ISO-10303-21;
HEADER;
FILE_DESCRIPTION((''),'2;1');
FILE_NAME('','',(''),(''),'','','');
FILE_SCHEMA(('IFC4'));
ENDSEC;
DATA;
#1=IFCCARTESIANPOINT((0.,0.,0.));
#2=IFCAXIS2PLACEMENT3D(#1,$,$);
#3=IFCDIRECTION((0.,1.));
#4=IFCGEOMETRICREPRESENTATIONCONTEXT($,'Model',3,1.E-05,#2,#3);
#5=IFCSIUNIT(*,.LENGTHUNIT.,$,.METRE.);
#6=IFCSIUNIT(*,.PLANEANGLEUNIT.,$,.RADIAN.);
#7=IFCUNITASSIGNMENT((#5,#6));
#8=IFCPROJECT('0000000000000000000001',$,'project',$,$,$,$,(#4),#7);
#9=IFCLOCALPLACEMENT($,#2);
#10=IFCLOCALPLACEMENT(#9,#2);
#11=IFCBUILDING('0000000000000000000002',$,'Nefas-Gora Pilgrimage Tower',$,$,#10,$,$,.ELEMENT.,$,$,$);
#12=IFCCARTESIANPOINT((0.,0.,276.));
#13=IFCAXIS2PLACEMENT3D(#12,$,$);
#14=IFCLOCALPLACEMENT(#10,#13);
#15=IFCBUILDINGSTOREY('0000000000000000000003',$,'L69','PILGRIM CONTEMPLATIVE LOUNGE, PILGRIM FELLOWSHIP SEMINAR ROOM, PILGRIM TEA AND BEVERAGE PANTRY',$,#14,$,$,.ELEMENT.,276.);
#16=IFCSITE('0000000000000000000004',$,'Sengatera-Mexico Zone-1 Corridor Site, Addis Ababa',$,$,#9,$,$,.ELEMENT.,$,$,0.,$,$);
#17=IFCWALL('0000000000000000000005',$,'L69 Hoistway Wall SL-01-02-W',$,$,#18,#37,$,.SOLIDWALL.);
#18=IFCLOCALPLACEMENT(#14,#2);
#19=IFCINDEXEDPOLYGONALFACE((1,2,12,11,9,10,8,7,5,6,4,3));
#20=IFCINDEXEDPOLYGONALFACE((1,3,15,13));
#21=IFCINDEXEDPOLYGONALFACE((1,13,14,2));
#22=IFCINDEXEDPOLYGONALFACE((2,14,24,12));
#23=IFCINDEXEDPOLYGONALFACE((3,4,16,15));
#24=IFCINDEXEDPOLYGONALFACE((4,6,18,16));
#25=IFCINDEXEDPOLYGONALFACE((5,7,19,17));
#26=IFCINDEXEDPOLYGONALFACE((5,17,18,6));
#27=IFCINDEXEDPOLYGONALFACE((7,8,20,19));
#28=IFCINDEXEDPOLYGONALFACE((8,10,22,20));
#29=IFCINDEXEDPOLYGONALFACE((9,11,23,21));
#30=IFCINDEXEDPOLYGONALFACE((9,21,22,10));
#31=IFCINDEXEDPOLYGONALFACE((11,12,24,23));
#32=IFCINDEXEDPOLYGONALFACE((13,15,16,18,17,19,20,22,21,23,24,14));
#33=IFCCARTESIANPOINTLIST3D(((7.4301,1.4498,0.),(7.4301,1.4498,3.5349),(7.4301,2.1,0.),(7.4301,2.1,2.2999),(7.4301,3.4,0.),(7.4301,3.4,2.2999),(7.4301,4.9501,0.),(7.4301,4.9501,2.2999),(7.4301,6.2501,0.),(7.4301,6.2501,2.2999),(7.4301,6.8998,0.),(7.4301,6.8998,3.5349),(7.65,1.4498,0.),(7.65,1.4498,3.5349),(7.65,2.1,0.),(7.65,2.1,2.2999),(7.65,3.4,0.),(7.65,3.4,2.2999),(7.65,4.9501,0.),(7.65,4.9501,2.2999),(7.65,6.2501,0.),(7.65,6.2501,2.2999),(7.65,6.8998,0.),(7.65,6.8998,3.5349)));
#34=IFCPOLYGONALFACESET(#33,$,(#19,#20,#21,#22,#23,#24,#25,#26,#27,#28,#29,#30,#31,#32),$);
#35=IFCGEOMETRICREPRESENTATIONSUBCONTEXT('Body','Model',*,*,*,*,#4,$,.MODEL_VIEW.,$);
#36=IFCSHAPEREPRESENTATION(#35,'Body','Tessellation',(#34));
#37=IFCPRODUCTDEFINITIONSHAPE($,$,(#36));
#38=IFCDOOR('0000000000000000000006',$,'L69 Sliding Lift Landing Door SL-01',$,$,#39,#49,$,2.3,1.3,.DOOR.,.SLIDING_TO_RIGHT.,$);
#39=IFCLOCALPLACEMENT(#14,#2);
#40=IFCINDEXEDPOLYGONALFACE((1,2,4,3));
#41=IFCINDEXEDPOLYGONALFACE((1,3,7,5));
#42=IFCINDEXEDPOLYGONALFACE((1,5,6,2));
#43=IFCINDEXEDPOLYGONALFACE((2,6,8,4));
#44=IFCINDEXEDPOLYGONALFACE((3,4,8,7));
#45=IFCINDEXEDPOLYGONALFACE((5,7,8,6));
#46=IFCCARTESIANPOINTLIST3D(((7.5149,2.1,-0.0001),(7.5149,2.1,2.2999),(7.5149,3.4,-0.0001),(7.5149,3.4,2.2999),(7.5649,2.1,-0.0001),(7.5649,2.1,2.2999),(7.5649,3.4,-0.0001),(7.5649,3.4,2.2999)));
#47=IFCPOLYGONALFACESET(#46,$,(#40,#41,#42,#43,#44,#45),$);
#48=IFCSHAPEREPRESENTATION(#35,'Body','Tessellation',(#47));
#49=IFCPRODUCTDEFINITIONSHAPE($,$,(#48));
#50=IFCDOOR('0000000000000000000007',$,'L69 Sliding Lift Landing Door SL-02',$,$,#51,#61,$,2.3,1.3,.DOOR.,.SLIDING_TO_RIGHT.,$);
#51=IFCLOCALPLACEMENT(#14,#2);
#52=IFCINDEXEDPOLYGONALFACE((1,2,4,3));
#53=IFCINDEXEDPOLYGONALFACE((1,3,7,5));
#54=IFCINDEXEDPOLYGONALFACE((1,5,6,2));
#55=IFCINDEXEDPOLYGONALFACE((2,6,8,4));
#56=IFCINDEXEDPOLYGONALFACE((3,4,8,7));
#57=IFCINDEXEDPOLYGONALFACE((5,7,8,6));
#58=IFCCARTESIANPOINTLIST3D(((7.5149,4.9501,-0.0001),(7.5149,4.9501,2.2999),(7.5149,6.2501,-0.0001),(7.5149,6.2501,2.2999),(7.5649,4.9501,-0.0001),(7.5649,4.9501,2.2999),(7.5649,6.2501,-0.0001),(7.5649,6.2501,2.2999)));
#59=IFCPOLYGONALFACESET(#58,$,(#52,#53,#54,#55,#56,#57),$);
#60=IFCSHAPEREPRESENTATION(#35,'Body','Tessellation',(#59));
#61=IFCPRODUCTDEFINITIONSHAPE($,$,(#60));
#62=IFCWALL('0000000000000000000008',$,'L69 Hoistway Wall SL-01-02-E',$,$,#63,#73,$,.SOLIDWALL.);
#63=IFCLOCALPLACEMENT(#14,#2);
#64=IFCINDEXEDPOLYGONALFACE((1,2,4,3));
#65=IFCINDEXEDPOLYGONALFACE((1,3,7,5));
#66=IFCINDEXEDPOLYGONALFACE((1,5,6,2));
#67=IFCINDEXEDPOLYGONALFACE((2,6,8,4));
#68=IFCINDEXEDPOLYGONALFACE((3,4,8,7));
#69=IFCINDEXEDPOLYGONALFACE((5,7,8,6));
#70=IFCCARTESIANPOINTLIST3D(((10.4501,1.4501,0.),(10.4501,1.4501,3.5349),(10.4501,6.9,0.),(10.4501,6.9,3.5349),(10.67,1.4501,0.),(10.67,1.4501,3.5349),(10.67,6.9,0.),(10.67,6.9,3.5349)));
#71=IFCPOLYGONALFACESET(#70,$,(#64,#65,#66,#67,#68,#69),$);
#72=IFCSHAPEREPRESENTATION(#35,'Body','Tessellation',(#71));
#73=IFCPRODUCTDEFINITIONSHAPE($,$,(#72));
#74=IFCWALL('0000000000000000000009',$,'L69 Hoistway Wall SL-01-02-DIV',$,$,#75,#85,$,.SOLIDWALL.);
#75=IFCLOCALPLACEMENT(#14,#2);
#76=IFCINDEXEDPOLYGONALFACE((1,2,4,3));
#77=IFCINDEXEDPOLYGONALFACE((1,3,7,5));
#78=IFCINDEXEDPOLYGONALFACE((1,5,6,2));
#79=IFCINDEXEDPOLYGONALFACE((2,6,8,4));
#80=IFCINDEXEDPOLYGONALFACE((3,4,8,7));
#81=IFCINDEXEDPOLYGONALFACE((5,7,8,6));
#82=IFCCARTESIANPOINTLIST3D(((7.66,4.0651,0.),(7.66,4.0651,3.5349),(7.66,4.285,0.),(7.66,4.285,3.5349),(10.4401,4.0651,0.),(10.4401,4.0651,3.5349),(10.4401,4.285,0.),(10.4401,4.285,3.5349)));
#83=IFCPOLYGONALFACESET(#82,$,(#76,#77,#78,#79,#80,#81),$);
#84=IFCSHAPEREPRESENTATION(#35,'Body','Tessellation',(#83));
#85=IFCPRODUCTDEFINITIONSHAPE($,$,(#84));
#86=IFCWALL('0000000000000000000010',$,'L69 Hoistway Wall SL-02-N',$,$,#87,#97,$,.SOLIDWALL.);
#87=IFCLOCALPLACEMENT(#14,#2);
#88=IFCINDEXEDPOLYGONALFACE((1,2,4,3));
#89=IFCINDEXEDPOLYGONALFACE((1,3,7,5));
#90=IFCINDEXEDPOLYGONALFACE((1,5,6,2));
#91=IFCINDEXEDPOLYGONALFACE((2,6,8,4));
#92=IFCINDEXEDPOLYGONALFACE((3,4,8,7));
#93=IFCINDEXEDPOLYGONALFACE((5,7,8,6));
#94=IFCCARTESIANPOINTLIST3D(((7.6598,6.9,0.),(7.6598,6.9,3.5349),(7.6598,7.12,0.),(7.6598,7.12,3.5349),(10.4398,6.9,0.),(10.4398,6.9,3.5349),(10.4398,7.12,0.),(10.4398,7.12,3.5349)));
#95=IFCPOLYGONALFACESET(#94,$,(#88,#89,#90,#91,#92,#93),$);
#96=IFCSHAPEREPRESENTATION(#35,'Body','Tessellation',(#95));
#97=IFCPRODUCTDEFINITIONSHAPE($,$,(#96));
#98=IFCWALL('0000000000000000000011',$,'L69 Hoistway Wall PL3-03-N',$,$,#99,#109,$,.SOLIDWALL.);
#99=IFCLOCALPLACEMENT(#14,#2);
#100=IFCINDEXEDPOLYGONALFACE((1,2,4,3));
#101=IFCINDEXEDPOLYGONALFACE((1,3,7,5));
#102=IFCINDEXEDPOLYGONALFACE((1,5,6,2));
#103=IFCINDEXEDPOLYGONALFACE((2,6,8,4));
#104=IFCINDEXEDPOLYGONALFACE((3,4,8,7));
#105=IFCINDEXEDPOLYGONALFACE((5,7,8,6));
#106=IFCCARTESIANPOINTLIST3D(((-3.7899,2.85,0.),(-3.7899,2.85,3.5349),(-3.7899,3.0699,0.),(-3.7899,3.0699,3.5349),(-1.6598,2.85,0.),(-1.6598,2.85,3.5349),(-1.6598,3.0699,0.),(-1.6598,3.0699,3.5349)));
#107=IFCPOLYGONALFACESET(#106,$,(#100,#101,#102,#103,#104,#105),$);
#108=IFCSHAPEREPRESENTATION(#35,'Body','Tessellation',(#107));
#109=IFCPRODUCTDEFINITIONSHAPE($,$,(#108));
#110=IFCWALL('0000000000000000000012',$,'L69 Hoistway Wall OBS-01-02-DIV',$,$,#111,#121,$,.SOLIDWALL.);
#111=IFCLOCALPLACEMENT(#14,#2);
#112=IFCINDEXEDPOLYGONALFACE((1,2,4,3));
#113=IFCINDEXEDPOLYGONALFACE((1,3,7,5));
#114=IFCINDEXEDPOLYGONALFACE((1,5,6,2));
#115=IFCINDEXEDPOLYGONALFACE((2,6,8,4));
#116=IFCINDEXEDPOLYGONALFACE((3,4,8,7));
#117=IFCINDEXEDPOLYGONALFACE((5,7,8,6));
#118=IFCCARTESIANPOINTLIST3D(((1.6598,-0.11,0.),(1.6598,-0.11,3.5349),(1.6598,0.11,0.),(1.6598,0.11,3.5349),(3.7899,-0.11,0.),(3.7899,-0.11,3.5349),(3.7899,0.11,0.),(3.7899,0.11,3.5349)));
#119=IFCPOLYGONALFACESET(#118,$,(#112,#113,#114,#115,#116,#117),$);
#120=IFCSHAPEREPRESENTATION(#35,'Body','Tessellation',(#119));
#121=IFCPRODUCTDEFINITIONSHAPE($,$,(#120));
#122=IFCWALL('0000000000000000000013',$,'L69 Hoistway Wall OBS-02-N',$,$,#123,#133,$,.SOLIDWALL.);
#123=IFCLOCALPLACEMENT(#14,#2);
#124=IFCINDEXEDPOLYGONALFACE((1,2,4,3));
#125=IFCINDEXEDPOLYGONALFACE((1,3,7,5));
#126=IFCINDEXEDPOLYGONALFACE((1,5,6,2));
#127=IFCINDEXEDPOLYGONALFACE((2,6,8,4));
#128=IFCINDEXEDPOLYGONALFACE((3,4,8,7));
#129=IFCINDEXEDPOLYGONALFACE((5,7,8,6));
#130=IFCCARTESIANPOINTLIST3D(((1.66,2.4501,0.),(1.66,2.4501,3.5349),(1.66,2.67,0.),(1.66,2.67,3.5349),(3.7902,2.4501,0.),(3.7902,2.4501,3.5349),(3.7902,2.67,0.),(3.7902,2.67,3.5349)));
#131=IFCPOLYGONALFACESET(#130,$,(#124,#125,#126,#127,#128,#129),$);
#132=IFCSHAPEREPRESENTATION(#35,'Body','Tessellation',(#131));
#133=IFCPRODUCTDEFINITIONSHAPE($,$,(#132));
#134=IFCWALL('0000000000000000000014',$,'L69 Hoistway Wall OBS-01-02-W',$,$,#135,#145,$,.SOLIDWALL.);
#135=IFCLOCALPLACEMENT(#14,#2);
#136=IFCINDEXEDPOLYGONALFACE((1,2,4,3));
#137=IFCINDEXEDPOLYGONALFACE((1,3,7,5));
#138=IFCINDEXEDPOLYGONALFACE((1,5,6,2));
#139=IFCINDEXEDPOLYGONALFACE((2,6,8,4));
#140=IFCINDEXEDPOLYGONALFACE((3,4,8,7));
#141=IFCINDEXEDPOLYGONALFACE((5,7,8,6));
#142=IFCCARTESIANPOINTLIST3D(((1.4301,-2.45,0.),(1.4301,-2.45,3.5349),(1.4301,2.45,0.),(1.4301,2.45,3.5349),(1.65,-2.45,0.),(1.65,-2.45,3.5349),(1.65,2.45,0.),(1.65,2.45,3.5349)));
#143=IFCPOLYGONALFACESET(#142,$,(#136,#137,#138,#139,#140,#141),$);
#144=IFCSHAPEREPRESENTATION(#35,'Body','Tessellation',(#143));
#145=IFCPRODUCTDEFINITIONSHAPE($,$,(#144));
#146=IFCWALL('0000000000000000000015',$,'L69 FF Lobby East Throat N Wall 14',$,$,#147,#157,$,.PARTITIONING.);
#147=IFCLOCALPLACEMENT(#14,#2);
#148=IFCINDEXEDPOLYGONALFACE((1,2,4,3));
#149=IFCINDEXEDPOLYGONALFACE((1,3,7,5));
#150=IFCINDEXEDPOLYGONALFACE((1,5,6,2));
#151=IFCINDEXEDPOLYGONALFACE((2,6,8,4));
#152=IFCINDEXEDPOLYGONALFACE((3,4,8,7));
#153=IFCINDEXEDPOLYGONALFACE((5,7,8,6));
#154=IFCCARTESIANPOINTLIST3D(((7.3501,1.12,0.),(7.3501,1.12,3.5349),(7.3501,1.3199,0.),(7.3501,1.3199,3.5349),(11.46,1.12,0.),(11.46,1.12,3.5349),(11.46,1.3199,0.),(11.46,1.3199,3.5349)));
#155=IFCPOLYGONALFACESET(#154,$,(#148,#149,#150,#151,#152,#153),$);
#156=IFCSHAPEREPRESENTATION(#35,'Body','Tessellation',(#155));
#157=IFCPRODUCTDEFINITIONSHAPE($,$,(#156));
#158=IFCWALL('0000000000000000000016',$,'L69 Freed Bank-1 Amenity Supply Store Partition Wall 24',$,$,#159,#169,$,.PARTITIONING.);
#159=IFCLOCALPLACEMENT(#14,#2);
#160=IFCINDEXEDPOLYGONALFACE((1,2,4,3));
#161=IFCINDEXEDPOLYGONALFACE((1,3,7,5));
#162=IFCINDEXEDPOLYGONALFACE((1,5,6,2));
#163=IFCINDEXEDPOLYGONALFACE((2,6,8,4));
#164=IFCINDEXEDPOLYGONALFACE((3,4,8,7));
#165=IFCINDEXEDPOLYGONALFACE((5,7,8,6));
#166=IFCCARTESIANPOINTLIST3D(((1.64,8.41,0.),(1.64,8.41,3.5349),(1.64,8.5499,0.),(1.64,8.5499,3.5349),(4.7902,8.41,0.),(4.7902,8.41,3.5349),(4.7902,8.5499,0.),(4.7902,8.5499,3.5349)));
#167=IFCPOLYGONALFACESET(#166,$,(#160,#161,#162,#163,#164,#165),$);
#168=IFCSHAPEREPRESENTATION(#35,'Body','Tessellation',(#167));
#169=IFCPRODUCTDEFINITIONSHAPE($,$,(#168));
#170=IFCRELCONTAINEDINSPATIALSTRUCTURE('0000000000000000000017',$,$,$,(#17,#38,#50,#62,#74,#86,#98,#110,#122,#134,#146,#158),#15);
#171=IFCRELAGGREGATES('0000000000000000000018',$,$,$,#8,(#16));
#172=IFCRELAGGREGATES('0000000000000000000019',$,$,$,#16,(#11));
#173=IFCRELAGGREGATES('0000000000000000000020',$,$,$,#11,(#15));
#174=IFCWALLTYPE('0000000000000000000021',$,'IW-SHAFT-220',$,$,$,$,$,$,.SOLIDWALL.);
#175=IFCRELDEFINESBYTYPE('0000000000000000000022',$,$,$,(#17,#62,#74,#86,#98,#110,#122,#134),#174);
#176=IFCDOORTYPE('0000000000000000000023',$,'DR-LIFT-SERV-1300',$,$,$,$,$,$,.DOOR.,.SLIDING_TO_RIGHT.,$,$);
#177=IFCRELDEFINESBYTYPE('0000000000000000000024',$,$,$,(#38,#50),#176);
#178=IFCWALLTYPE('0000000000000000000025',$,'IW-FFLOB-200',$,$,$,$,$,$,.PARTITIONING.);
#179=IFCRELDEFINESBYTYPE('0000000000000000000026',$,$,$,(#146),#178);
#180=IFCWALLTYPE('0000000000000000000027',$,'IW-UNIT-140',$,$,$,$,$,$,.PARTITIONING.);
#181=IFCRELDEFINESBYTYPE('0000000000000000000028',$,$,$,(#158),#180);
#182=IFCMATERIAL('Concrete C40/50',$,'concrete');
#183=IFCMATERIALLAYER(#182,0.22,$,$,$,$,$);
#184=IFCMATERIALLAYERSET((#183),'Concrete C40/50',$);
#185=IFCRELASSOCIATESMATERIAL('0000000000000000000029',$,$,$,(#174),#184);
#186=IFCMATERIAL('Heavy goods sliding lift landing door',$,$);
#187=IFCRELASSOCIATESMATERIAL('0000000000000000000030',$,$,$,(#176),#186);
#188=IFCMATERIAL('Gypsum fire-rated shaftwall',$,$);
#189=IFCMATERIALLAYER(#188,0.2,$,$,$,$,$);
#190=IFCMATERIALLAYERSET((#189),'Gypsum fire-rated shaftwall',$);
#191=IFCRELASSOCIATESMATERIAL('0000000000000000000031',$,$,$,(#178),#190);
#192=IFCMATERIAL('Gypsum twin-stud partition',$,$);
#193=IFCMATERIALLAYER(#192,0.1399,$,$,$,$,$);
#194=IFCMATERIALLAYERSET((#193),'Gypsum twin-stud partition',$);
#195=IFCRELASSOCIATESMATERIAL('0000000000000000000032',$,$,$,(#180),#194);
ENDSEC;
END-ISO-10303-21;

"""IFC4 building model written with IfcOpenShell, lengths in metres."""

from ifc_helpers import new_model, si_unit, direction, frame, frame_2d, origin, place, context, subcontext, project, spatial, rectangle, extrude, source, transform, mapped, material, layer, layer_set, type_object, element, fill, save


model = new_model("IFC4")

# Units and contexts
model_context = context("Model", 3, precision=1e-05, world=origin(), true_north=direction((0.0, 1.0)))
body_context = subcontext(model_context, "Body", "Model", "MODEL_VIEW")
ifc_project = project(units=[si_unit("LENGTHUNIT", "METRE"), si_unit("PLANEANGLEUNIT", "RADIAN")], contexts=[model_context])

# Site, building, storey
site_placement = place(None, origin())
site = spatial("IfcSite", under=ifc_project, at=site_placement, Name="Sengatera-Mexico Zone-1 Corridor Site, Addis Ababa", CompositionType="ELEMENT", RefElevation=0.0)
building_placement = place(site_placement, origin())
building = spatial("IfcBuilding", under=site, at=building_placement, Name="Nefas-Gora Pilgrimage Tower", CompositionType="ELEMENT")
storey_placement = place(building_placement, frame((0.0, 0.0, 276.0)))
storey = spatial("IfcBuildingStorey", under=building, at=storey_placement, Name="L69", Description="PILGRIM CONTEMPLATIVE LOUNGE, PILGRIM FELLOWSHIP SEMINAR ROOM, PILGRIM TEA AND BEVERAGE PANTRY", CompositionType="ELEMENT", Elevation=276.0)

# Shared definitions
ifc_material_1 = material(Name="Concrete C40/50", Category="concrete")

# Wall, openings, doors
ifc_layer_1 = layer(ifc_material_1, 0.22)
ifc_layer_set_1 = layer_set([ifc_layer_1], Name="Concrete C40/50")
wall_type_1 = type_object("IfcWallType", Name="IW-SHAFT-220", PredefinedType="SOLIDWALL", material=ifc_layer_set_1)
shared_shape_1 = source(origin(), body_context, "Body", "SweptSolid", [
    extrude(rectangle(XDim=5.45, YDim=0.22, at=frame_2d((2.7251, 0.0))), origin(), (0.0, 0.0, 1.0), 3.5349),
])
wall_1_placement = place(storey_placement, frame((7.54, 6.8999, 0.0), z_axis=(0.0, 0.0, 1.0), x_axis=(0.0, -1.0, 0.0)))
wall_1 = element("IfcWall", 1, at=wall_1_placement, inside=storey, type_object=wall_type_1, Name="L69 Hoistway Wall SL-01-02-W", PredefinedType="SOLIDWALL", context=body_context, shape_type="MappedRepresentation", body=[
    mapped(shared_shape_1, transform((0.0, 0.0, 0.0), x_axis=(1.0, 0.0, 0.0), y_axis=(0.0, 1.0, 0.0), z_axis=(0.0, 0.0, 1.0), scale=1.0)),
])
opening_1_placement = place(wall_1_placement, frame((3.5, 0.0, 0.0)))
opening_1 = element("IfcOpeningElement", 2, at=opening_1_placement, cuts=wall_1, PredefinedType="OPENING", context=body_context, shape_type="SweptSolid", body=[
    extrude(rectangle(XDim=1.3, YDim=2.3, at=frame_2d((0.6499, 1.1499))), frame((0.0, 0.1199, 0.0), z_axis=(0.0, -1.0, 0.0), x_axis=(1.0, 0.0, 0.0)), (0.0, 0.0, 1.0), 0.24),
])
opening_2_placement = place(wall_1_placement, frame((0.6499, 0.0, 0.0)))
opening_2 = element("IfcOpeningElement", 3, at=opening_2_placement, cuts=wall_1, PredefinedType="OPENING", context=body_context, shape_type="SweptSolid", body=[
    extrude(rectangle(XDim=1.3, YDim=2.3, at=frame_2d((0.6499, 1.1499))), frame((0.0, 0.1199, 0.0), z_axis=(0.0, -1.0, 0.0), x_axis=(1.0, 0.0, 0.0)), (0.0, 0.0, 1.0), 0.24),
])
ifc_material_2 = material(Name="Heavy goods sliding lift landing door")
door_type_1 = type_object("IfcDoorType", Name="DR-LIFT-SERV-1300", OperationType="SLIDING_TO_RIGHT", PredefinedType="DOOR", material=ifc_material_2)
shared_shape_2 = source(origin(), body_context, "Body", "SweptSolid", [
    extrude(rectangle(XDim=1.3, YDim=2.3, at=frame_2d((0.6499, 1.1499))), frame((0.0, 0.0249, 0.0), z_axis=(0.0, -1.0, 0.0), x_axis=(1.0, 0.0, 0.0)), (0.0, 0.0, 1.0), 0.05),
])
door_1_placement = place(opening_1_placement, origin())
door_1 = element("IfcDoor", 4, at=door_1_placement, inside=storey, type_object=door_type_1, Name="L69 Sliding Lift Landing Door SL-01", OperationType="SLIDING_TO_RIGHT", OverallHeight=2.3, OverallWidth=1.3, PredefinedType="DOOR", context=body_context, shape_type="MappedRepresentation", body=[
    mapped(shared_shape_2, transform((0.0, 0.0, 0.0), x_axis=(1.0, 0.0, 0.0), y_axis=(0.0, 1.0, 0.0), z_axis=(0.0, 0.0, 1.0), scale=1.0)),
])
fill(opening_1, door_1)
door_2_placement = place(opening_2_placement, origin())
door_2 = element("IfcDoor", 5, at=door_2_placement, inside=storey, type_object=door_type_1, Name="L69 Sliding Lift Landing Door SL-02", OperationType="SLIDING_TO_RIGHT", OverallHeight=2.3, OverallWidth=1.3, PredefinedType="DOOR", context=body_context, shape_type="MappedRepresentation", body=[
    mapped(shared_shape_2, transform((0.0, 0.0, 0.0), x_axis=(1.0, 0.0, 0.0), y_axis=(0.0, 1.0, 0.0), z_axis=(0.0, 0.0, 1.0), scale=1.0)),
])
fill(opening_2, door_2)

# Walls
wall_2_placement = place(storey_placement, frame((10.5601, 1.45, 0.0), z_axis=(0.0, 0.0, 1.0), x_axis=(0.0, 1.0, 0.0)))
element("IfcWall", 6, at=wall_2_placement, inside=storey, type_object=wall_type_1, Name="L69 Hoistway Wall SL-01-02-E", PredefinedType="SOLIDWALL", context=body_context, shape_type="MappedRepresentation", body=[
    mapped(shared_shape_1, transform((0.0, 0.0, 0.0), x_axis=(1.0, 0.0, 0.0), y_axis=(0.0, 1.0, 0.0), z_axis=(0.0, 0.0, 1.0), scale=1.0)),
])
shared_shape_3 = source(origin(), body_context, "Body", "SweptSolid", [
    extrude(rectangle(XDim=2.78, YDim=0.22, at=frame_2d((1.3901, 0.0))), origin(), (0.0, 0.0, 1.0), 3.5349),
])
for number, where, z_axis, x_axis, name in (
    (7, (7.6599, 4.175, 0.0), (0.0, 0.0, 1.0), (1.0, 0.0, 0.0), "L69 Hoistway Wall SL-01-02-DIV"),
    (8, (10.4399, 7.01, 0.0), (0.0, 0.0, 1.0), (-1.0, 0.0, 0.0), "L69 Hoistway Wall SL-02-N"),
):
    element("IfcWall", number, at=place(storey_placement, frame(where, z_axis=z_axis, x_axis=x_axis)), inside=storey, type_object=wall_type_1, Name=name, PredefinedType="SOLIDWALL", context=body_context, shape_type="MappedRepresentation", body=[
        mapped(shared_shape_3, transform((0.0, 0.0, 0.0), x_axis=(1.0, 0.0, 0.0), y_axis=(0.0, 1.0, 0.0), z_axis=(0.0, 0.0, 1.0), scale=1.0)),
    ])
shared_shape_4 = source(origin(), body_context, "Body", "SweptSolid", [
    extrude(rectangle(XDim=2.1301, YDim=0.22, at=frame_2d((1.0649, 0.0))), origin(), (0.0, 0.0, 1.0), 3.5349),
])
for number, where, z_axis, x_axis, name in (
    (9, (-1.6599, 2.96, 0.0), (0.0, 0.0, 1.0), (-1.0, 0.0, 0.0), "L69 Hoistway Wall PL3-03-N"),
    (10, (1.6599, 0.0, 0.0), (0.0, 0.0, 1.0), (1.0, 0.0, 0.0), "L69 Hoistway Wall OBS-01-02-DIV"),
    (11, (3.79, 2.5601, 0.0), (0.0, 0.0, 1.0), (-1.0, 0.0, 0.0), "L69 Hoistway Wall OBS-02-N"),
):
    element("IfcWall", number, at=place(storey_placement, frame(where, z_axis=z_axis, x_axis=x_axis)), inside=storey, type_object=wall_type_1, Name=name, PredefinedType="SOLIDWALL", context=body_context, shape_type="MappedRepresentation", body=[
        mapped(shared_shape_4, transform((0.0, 0.0, 0.0), x_axis=(1.0, 0.0, 0.0), y_axis=(0.0, 1.0, 0.0), z_axis=(0.0, 0.0, 1.0), scale=1.0)),
    ])
shared_shape_5 = source(origin(), body_context, "Body", "SweptSolid", [
    extrude(rectangle(XDim=4.8999, YDim=0.22, at=frame_2d((2.45, 0.0))), origin(), (0.0, 0.0, 1.0), 3.5349),
])
wall_3_placement = place(storey_placement, frame((1.54, 2.45, 0.0), z_axis=(0.0, 0.0, 1.0), x_axis=(0.0, -1.0, 0.0)))
element("IfcWall", 12, at=wall_3_placement, inside=storey, type_object=wall_type_1, Name="L69 Hoistway Wall OBS-01-02-W", PredefinedType="SOLIDWALL", context=body_context, shape_type="MappedRepresentation", body=[
    mapped(shared_shape_5, transform((0.0, 0.0, 0.0), x_axis=(1.0, 0.0, 0.0), y_axis=(0.0, 1.0, 0.0), z_axis=(0.0, 0.0, 1.0), scale=1.0)),
])

# Shared definitions
ifc_material_3 = material(Name="Gypsum fire-rated shaftwall")
ifc_layer_2 = layer(ifc_material_3, 0.2)
ifc_layer_set_2 = layer_set([ifc_layer_2], Name="Gypsum fire-rated shaftwall")
wall_type_2 = type_object("IfcWallType", Name="IW-FFLOB-200", PredefinedType="PARTITIONING", material=ifc_layer_set_2)

# Walls
shared_shape_6 = source(origin(), body_context, "Body", "SweptSolid", [
    extrude(rectangle(XDim=4.1099, YDim=0.2, at=frame_2d((2.0549, 0.0))), origin(), (0.0, 0.0, 1.0), 3.5349),
])
wall_4_placement = place(storey_placement, frame((7.3501, 1.22, 0.0), z_axis=(0.0, 0.0, 1.0), x_axis=(1.0, 0.0, 0.0)))
element("IfcWall", 13, at=wall_4_placement, inside=storey, type_object=wall_type_2, Name="L69 FF Lobby East Throat N Wall 14", PredefinedType="PARTITIONING", context=body_context, shape_type="MappedRepresentation", body=[
    mapped(shared_shape_6, transform((0.0, 0.0, 0.0), x_axis=(1.0, 0.0, 0.0), y_axis=(0.0, 1.0, 0.0), z_axis=(0.0, 0.0, 1.0), scale=1.0)),
])
ifc_material_4 = material(Name="Gypsum twin-stud partition")
ifc_layer_3 = layer(ifc_material_4, 0.1399)
ifc_layer_set_3 = layer_set([ifc_layer_3], Name="Gypsum twin-stud partition")
wall_type_3 = type_object("IfcWallType", Name="IW-UNIT-140", PredefinedType="PARTITIONING", material=ifc_layer_set_3)
shared_shape_7 = source(origin(), body_context, "Body", "SweptSolid", [
    extrude(rectangle(XDim=3.1501, YDim=0.1399, at=frame_2d((1.5752, 0.0))), origin(), (0.0, 0.0, 1.0), 3.5349),
])
wall_5_placement = place(storey_placement, frame((1.6399, 8.48, 0.0), z_axis=(0.0, 0.0, 1.0), x_axis=(1.0, 0.0, 0.0)))
element("IfcWall", 14, at=wall_5_placement, inside=storey, type_object=wall_type_3, Name="L69 Freed Bank-1 Amenity Supply Store Partition Wall 24", PredefinedType="PARTITIONING", context=body_context, shape_type="MappedRepresentation", body=[
    mapped(shared_shape_7, transform((0.0, 0.0, 0.0), x_axis=(1.0, 0.0, 0.0), y_axis=(0.0, 1.0, 0.0), z_axis=(0.0, 0.0, 1.0), scale=1.0)),
])

save(model, "model.ifc")
